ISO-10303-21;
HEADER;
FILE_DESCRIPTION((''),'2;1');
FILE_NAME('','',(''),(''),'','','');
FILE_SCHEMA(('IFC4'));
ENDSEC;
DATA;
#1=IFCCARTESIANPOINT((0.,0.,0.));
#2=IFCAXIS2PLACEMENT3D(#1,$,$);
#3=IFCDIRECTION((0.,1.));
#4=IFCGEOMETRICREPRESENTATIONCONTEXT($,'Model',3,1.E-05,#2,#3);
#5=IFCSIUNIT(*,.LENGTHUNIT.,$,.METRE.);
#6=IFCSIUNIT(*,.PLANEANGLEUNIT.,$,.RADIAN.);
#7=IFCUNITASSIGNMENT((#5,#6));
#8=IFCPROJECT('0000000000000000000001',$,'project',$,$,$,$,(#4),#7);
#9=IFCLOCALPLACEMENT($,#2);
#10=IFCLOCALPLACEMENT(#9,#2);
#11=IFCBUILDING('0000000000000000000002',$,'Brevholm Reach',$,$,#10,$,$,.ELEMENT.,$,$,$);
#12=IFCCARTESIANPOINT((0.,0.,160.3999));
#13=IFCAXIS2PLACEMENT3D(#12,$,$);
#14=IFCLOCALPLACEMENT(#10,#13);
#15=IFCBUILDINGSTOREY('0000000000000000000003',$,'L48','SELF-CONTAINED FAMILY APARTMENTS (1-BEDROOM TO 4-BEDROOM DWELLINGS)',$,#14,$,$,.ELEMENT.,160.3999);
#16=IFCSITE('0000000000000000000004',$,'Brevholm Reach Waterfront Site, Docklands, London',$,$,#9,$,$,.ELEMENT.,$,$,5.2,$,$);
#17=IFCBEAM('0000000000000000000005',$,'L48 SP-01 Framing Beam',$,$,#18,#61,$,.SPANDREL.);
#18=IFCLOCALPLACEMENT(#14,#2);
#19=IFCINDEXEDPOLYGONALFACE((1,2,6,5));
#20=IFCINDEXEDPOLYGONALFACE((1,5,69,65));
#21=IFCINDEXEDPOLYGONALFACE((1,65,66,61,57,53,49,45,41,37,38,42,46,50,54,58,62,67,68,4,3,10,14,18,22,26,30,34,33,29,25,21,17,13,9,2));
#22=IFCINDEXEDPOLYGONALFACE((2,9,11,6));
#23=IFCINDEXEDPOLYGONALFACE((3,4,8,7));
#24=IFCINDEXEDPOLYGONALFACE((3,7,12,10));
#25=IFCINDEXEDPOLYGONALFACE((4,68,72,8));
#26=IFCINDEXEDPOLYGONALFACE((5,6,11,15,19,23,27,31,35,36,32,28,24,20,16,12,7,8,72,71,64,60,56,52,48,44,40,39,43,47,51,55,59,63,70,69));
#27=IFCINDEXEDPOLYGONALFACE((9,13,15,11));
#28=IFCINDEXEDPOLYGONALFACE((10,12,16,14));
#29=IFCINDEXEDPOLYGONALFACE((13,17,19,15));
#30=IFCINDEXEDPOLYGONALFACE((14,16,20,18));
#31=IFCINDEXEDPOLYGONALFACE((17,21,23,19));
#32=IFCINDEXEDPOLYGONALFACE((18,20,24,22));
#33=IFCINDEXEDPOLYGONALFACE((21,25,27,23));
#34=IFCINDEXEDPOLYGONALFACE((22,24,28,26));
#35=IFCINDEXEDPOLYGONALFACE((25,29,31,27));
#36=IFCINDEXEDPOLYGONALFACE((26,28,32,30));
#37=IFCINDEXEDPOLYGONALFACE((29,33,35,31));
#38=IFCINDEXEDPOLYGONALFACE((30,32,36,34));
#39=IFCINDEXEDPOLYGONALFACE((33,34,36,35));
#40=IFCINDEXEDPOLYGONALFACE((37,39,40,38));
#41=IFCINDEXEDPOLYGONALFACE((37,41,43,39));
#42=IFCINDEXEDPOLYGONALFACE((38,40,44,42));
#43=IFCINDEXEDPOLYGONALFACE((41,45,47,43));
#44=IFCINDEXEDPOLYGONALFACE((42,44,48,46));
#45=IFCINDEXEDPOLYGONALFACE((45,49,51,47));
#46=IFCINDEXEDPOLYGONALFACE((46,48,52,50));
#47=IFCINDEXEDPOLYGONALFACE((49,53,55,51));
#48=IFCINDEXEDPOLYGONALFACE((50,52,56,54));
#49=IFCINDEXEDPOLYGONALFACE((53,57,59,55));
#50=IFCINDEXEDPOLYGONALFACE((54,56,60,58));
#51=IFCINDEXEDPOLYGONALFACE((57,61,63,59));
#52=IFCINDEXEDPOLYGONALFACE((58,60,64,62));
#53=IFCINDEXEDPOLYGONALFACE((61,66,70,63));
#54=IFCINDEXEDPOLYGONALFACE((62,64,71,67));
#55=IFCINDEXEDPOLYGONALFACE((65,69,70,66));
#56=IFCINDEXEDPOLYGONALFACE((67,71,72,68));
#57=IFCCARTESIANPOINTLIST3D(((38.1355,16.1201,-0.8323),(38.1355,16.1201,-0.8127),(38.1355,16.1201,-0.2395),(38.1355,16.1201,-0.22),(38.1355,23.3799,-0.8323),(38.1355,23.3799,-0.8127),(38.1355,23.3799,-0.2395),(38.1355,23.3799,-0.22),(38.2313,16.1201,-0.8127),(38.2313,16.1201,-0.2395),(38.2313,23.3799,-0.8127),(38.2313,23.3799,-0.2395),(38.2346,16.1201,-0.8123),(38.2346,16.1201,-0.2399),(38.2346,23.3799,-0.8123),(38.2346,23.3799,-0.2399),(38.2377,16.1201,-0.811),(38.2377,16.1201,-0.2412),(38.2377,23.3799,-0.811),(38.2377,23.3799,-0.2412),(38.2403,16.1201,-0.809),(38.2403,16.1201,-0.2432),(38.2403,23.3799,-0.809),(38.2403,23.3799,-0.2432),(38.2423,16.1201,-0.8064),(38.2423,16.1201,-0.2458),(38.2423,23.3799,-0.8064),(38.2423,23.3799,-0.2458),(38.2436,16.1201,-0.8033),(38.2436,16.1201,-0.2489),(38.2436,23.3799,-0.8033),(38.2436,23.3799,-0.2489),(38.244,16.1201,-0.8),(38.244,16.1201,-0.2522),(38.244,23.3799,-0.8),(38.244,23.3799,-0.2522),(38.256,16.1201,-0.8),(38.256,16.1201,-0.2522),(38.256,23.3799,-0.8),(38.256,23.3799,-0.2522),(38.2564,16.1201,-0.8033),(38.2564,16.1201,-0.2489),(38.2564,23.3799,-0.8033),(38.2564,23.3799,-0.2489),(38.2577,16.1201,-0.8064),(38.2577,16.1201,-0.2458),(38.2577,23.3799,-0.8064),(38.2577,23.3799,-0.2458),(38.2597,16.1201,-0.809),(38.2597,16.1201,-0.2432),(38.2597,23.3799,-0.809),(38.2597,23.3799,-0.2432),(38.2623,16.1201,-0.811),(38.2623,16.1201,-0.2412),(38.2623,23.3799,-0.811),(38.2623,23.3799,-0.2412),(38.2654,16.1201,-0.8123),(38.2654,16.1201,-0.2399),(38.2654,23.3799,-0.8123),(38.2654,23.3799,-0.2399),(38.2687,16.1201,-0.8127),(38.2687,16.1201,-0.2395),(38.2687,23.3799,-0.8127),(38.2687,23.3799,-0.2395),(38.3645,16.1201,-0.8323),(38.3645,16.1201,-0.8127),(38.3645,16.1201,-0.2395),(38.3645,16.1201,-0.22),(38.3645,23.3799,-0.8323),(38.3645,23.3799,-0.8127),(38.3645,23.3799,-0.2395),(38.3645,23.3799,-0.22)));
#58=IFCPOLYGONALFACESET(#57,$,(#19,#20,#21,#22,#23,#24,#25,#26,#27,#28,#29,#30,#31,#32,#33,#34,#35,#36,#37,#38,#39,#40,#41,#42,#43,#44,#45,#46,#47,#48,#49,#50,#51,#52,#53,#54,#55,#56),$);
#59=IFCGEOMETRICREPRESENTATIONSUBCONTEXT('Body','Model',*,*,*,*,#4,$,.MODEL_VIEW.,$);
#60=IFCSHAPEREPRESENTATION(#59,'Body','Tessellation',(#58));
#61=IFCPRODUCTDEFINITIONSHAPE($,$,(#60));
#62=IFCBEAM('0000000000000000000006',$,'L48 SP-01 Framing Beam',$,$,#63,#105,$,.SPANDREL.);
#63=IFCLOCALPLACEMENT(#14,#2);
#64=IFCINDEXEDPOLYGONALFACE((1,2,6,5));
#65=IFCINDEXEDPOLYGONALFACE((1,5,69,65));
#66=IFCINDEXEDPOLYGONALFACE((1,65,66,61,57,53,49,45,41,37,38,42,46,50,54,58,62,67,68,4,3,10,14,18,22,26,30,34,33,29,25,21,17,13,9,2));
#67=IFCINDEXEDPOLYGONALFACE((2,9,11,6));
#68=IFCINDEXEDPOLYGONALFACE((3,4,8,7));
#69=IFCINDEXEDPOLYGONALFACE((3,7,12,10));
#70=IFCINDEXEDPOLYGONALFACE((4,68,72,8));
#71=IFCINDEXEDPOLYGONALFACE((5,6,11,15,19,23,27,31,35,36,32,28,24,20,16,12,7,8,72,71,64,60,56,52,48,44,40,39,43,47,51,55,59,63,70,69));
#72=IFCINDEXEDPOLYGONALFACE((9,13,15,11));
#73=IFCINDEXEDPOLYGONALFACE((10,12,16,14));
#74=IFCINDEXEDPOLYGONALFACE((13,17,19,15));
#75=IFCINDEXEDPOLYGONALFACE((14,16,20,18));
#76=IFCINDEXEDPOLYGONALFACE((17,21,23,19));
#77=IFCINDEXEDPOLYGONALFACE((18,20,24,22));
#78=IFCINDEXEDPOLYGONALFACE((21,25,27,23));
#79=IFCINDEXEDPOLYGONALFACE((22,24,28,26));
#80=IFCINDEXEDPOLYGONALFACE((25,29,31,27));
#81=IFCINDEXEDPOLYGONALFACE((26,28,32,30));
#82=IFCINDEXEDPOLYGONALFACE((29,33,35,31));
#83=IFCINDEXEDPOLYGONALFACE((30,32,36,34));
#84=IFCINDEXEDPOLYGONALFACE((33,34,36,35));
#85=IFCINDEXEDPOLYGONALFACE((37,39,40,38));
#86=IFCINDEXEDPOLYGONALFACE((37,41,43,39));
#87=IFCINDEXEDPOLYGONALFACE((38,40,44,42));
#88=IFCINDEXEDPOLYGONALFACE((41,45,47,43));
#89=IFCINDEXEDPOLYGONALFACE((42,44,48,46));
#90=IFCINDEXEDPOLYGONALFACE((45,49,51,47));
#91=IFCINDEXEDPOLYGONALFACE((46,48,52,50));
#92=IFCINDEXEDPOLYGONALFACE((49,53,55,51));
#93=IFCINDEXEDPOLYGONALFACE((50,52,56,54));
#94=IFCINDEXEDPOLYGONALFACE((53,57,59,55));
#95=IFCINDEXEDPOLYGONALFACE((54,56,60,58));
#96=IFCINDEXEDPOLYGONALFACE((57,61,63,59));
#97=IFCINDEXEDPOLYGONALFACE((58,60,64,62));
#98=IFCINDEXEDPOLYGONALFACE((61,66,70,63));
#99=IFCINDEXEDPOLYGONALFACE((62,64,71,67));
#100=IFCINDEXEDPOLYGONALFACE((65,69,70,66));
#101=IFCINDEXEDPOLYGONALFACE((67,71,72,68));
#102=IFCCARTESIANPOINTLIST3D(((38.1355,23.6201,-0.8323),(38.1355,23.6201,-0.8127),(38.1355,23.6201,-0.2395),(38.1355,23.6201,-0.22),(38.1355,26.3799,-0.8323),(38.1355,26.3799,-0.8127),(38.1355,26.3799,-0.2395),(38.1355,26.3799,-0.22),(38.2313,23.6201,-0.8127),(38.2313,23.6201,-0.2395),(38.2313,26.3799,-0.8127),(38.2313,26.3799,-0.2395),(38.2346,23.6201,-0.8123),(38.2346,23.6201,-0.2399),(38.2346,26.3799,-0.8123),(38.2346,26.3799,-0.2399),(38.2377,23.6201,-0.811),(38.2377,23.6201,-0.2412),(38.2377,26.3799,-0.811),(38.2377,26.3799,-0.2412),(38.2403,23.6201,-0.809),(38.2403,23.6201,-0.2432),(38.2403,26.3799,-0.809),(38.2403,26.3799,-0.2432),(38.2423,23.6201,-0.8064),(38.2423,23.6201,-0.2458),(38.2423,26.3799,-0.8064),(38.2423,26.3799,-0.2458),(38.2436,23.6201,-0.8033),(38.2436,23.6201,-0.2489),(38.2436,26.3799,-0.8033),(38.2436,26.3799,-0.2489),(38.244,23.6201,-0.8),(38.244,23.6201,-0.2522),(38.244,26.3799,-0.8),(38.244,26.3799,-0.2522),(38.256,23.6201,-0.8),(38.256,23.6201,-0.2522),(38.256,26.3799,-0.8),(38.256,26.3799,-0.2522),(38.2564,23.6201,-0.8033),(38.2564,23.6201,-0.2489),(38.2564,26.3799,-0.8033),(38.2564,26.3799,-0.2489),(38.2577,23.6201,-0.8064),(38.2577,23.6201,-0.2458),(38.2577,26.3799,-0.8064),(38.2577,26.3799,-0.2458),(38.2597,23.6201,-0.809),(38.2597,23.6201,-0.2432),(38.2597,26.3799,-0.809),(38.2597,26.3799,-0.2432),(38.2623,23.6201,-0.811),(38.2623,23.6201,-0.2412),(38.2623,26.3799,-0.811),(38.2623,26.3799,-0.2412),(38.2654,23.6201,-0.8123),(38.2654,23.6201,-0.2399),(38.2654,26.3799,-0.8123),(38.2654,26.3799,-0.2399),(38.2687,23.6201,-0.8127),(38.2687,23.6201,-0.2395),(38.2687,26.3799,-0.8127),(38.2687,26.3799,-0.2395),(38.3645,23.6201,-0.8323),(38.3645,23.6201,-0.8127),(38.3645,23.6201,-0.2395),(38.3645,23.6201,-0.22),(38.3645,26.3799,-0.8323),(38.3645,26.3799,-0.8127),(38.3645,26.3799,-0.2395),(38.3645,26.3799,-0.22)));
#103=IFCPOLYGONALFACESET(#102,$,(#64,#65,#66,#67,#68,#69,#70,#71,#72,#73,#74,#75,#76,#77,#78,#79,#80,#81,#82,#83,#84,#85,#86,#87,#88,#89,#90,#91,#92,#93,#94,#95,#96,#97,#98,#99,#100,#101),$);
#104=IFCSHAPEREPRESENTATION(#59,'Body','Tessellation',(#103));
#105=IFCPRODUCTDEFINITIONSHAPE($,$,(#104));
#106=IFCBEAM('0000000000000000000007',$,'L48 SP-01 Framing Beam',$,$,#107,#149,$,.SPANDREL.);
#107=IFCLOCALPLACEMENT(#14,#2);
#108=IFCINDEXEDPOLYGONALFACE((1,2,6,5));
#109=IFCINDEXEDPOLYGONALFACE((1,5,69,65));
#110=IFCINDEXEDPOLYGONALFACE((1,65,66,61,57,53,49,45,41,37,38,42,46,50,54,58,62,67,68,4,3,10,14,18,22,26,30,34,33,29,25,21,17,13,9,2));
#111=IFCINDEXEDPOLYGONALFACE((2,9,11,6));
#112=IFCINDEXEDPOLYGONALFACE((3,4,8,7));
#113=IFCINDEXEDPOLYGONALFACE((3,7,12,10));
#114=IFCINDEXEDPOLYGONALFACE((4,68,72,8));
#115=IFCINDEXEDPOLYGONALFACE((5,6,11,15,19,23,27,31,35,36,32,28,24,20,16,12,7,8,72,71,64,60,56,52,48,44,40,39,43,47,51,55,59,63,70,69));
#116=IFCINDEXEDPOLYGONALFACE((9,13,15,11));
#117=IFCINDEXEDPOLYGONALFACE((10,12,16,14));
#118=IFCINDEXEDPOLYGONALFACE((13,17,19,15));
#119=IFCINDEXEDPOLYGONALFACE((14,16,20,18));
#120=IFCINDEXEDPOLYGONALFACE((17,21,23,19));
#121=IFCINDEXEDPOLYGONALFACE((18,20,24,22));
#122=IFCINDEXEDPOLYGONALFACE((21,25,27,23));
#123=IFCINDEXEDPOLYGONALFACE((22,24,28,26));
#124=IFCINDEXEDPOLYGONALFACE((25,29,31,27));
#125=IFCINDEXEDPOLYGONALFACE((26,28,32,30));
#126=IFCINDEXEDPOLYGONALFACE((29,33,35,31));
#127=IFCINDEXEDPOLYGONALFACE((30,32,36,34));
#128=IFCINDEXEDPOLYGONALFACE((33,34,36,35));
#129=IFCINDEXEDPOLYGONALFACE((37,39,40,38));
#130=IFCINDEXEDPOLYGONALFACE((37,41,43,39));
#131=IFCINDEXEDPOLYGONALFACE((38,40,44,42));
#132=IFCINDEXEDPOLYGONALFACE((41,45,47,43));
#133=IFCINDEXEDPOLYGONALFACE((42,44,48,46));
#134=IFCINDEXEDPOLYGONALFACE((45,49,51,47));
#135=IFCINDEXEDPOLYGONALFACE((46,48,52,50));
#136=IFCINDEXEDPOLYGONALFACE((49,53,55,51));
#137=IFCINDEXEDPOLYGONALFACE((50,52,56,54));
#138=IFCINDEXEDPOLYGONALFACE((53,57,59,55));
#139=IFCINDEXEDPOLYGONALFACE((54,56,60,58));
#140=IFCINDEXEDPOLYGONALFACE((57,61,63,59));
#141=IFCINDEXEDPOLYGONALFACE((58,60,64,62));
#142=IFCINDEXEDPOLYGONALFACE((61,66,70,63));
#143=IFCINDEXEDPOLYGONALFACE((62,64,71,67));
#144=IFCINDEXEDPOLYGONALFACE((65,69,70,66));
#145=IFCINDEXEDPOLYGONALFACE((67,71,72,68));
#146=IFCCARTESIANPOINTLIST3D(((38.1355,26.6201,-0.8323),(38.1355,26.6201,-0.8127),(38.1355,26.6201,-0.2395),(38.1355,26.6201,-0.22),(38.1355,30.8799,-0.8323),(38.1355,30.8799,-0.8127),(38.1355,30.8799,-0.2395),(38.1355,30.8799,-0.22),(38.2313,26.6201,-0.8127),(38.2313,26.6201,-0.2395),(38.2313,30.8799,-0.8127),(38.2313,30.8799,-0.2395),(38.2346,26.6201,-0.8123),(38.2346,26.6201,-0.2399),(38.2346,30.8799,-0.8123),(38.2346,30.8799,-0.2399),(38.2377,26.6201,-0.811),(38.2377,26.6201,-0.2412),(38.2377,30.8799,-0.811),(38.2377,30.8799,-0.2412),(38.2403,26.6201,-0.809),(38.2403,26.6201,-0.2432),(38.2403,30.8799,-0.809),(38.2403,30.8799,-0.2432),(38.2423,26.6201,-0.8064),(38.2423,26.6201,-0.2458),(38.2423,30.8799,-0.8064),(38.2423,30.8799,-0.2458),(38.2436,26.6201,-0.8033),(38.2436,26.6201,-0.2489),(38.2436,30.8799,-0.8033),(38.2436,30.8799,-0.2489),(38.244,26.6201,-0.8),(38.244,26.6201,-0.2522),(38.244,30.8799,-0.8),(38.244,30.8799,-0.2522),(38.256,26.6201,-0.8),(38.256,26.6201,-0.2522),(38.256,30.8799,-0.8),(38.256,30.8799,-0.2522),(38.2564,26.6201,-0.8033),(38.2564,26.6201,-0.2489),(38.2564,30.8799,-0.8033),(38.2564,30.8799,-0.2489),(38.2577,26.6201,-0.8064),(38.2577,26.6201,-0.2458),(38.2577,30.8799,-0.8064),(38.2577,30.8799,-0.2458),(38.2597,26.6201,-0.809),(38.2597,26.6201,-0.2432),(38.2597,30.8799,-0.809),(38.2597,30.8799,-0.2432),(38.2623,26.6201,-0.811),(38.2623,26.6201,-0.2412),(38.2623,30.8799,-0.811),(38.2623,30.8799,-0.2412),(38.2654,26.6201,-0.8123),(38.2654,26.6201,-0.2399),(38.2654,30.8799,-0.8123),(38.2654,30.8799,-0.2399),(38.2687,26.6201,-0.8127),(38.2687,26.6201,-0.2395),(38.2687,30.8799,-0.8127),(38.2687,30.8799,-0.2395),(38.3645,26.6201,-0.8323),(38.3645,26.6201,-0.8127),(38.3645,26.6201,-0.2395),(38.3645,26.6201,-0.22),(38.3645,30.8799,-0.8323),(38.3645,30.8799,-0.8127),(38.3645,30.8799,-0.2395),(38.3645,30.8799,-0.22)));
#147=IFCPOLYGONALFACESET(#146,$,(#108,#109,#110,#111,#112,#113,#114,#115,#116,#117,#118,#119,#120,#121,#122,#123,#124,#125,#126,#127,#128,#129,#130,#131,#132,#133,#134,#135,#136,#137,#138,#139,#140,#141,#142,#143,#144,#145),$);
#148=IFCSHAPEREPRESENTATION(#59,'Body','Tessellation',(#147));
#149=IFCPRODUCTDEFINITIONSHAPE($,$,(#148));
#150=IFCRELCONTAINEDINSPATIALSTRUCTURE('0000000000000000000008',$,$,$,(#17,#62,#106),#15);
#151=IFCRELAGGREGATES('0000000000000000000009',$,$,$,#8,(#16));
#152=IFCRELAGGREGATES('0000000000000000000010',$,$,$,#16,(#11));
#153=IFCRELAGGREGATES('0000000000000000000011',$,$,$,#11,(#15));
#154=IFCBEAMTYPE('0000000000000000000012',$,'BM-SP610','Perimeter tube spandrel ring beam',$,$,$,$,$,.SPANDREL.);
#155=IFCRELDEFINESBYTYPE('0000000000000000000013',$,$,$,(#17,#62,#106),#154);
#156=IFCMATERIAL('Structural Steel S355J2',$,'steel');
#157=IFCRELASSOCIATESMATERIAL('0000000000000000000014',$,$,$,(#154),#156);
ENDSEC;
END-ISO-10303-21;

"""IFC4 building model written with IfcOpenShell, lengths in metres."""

from ifc_helpers import new_model, si_unit, direction, frame, origin, origin_2d, place, context, subcontext, project, spatial, i_section, extrude, material, material_profile, profile_set, type_object, element, save


model = new_model("IFC4")

# Units and contexts
model_context = context("Model", 3, precision=1e-05, world=origin(), true_north=direction((0.0, 1.0)))
body_context = subcontext(model_context, "Body", "Model", "MODEL_VIEW")
ifc_project = project(units=[si_unit("LENGTHUNIT", "METRE"), si_unit("PLANEANGLEUNIT", "RADIAN")], contexts=[model_context])

# Site, building, storey
site_placement = place(None, origin())
site = spatial("IfcSite", under=ifc_project, at=site_placement, Name="Brevholm Reach Waterfront Site, Docklands, London", CompositionType="ELEMENT", RefElevation=5.2)
building_placement = place(site_placement, origin())
building = spatial("IfcBuilding", under=site, at=building_placement, Name="Brevholm Reach", CompositionType="ELEMENT")
storey_placement = place(building_placement, frame((0.0, 0.0, 160.3999)))
storey = spatial("IfcBuildingStorey", under=building, at=storey_placement, Name="L48", Description="SELF-CONTAINED FAMILY APARTMENTS (1-BEDROOM TO 4-BEDROOM DWELLINGS)", CompositionType="ELEMENT", Elevation=160.3999)

# Beams
ifc_material_1 = material(Name="Structural Steel S355J2", Category="steel")
ifc_material_profile_1 = material_profile(ifc_material_1, i_section(OverallWidth=0.229, OverallDepth=0.6123, WebThickness=0.012, FlangeThickness=0.0195, FilletRadius=0.0127, at=origin_2d()), Name="UKB 610x229x125")
ifc_profile_set_1 = profile_set([ifc_material_profile_1], Name="Structural Steel S355J2")
beam_type_1 = type_object("IfcBeamType", Name="BM-SP610", Description="Perimeter tube spandrel ring beam", PredefinedType="SPANDREL", material=ifc_profile_set_1)
beam_1_placement = place(storey_placement, frame((38.25, 16.1201, -0.5261), z_axis=(0.0, 1.0, 0.0), x_axis=(-1.0, 0.0, 0.0)))
element("IfcBeam", 1, at=beam_1_placement, inside=storey, type_object=beam_type_1, Name="L48 SP-01 Framing Beam", PredefinedType="SPANDREL", context=body_context, shape_type="SweptSolid", body=[
    extrude(i_section(OverallWidth=0.229, OverallDepth=0.6123, WebThickness=0.012, FlangeThickness=0.0195, FilletRadius=0.0127, at=origin_2d()), origin(), (0.0, 0.0, 1.0), 7.2598),
])
beam_2_placement = place(storey_placement, frame((38.25, 23.6201, -0.5261), z_axis=(0.0, 1.0, 0.0), x_axis=(-1.0, 0.0, 0.0)))
element("IfcBeam", 2, at=beam_2_placement, inside=storey, type_object=beam_type_1, Name="L48 SP-01 Framing Beam", PredefinedType="SPANDREL", context=body_context, shape_type="SweptSolid", body=[
    extrude(i_section(OverallWidth=0.229, OverallDepth=0.6123, WebThickness=0.012, FlangeThickness=0.0195, FilletRadius=0.0127, at=origin_2d()), origin(), (0.0, 0.0, 1.0), 2.7598),
])
beam_3_placement = place(storey_placement, frame((38.25, 26.6201, -0.5261), z_axis=(0.0, 1.0, 0.0), x_axis=(-1.0, 0.0, 0.0)))
element("IfcBeam", 3, at=beam_3_placement, inside=storey, type_object=beam_type_1, Name="L48 SP-01 Framing Beam", PredefinedType="SPANDREL", context=body_context, shape_type="SweptSolid", body=[
    extrude(i_section(OverallWidth=0.229, OverallDepth=0.6123, WebThickness=0.012, FlangeThickness=0.0195, FilletRadius=0.0127, at=origin_2d()), origin(), (0.0, 0.0, 1.0), 4.2598),
])

save(model, "model.ifc")
